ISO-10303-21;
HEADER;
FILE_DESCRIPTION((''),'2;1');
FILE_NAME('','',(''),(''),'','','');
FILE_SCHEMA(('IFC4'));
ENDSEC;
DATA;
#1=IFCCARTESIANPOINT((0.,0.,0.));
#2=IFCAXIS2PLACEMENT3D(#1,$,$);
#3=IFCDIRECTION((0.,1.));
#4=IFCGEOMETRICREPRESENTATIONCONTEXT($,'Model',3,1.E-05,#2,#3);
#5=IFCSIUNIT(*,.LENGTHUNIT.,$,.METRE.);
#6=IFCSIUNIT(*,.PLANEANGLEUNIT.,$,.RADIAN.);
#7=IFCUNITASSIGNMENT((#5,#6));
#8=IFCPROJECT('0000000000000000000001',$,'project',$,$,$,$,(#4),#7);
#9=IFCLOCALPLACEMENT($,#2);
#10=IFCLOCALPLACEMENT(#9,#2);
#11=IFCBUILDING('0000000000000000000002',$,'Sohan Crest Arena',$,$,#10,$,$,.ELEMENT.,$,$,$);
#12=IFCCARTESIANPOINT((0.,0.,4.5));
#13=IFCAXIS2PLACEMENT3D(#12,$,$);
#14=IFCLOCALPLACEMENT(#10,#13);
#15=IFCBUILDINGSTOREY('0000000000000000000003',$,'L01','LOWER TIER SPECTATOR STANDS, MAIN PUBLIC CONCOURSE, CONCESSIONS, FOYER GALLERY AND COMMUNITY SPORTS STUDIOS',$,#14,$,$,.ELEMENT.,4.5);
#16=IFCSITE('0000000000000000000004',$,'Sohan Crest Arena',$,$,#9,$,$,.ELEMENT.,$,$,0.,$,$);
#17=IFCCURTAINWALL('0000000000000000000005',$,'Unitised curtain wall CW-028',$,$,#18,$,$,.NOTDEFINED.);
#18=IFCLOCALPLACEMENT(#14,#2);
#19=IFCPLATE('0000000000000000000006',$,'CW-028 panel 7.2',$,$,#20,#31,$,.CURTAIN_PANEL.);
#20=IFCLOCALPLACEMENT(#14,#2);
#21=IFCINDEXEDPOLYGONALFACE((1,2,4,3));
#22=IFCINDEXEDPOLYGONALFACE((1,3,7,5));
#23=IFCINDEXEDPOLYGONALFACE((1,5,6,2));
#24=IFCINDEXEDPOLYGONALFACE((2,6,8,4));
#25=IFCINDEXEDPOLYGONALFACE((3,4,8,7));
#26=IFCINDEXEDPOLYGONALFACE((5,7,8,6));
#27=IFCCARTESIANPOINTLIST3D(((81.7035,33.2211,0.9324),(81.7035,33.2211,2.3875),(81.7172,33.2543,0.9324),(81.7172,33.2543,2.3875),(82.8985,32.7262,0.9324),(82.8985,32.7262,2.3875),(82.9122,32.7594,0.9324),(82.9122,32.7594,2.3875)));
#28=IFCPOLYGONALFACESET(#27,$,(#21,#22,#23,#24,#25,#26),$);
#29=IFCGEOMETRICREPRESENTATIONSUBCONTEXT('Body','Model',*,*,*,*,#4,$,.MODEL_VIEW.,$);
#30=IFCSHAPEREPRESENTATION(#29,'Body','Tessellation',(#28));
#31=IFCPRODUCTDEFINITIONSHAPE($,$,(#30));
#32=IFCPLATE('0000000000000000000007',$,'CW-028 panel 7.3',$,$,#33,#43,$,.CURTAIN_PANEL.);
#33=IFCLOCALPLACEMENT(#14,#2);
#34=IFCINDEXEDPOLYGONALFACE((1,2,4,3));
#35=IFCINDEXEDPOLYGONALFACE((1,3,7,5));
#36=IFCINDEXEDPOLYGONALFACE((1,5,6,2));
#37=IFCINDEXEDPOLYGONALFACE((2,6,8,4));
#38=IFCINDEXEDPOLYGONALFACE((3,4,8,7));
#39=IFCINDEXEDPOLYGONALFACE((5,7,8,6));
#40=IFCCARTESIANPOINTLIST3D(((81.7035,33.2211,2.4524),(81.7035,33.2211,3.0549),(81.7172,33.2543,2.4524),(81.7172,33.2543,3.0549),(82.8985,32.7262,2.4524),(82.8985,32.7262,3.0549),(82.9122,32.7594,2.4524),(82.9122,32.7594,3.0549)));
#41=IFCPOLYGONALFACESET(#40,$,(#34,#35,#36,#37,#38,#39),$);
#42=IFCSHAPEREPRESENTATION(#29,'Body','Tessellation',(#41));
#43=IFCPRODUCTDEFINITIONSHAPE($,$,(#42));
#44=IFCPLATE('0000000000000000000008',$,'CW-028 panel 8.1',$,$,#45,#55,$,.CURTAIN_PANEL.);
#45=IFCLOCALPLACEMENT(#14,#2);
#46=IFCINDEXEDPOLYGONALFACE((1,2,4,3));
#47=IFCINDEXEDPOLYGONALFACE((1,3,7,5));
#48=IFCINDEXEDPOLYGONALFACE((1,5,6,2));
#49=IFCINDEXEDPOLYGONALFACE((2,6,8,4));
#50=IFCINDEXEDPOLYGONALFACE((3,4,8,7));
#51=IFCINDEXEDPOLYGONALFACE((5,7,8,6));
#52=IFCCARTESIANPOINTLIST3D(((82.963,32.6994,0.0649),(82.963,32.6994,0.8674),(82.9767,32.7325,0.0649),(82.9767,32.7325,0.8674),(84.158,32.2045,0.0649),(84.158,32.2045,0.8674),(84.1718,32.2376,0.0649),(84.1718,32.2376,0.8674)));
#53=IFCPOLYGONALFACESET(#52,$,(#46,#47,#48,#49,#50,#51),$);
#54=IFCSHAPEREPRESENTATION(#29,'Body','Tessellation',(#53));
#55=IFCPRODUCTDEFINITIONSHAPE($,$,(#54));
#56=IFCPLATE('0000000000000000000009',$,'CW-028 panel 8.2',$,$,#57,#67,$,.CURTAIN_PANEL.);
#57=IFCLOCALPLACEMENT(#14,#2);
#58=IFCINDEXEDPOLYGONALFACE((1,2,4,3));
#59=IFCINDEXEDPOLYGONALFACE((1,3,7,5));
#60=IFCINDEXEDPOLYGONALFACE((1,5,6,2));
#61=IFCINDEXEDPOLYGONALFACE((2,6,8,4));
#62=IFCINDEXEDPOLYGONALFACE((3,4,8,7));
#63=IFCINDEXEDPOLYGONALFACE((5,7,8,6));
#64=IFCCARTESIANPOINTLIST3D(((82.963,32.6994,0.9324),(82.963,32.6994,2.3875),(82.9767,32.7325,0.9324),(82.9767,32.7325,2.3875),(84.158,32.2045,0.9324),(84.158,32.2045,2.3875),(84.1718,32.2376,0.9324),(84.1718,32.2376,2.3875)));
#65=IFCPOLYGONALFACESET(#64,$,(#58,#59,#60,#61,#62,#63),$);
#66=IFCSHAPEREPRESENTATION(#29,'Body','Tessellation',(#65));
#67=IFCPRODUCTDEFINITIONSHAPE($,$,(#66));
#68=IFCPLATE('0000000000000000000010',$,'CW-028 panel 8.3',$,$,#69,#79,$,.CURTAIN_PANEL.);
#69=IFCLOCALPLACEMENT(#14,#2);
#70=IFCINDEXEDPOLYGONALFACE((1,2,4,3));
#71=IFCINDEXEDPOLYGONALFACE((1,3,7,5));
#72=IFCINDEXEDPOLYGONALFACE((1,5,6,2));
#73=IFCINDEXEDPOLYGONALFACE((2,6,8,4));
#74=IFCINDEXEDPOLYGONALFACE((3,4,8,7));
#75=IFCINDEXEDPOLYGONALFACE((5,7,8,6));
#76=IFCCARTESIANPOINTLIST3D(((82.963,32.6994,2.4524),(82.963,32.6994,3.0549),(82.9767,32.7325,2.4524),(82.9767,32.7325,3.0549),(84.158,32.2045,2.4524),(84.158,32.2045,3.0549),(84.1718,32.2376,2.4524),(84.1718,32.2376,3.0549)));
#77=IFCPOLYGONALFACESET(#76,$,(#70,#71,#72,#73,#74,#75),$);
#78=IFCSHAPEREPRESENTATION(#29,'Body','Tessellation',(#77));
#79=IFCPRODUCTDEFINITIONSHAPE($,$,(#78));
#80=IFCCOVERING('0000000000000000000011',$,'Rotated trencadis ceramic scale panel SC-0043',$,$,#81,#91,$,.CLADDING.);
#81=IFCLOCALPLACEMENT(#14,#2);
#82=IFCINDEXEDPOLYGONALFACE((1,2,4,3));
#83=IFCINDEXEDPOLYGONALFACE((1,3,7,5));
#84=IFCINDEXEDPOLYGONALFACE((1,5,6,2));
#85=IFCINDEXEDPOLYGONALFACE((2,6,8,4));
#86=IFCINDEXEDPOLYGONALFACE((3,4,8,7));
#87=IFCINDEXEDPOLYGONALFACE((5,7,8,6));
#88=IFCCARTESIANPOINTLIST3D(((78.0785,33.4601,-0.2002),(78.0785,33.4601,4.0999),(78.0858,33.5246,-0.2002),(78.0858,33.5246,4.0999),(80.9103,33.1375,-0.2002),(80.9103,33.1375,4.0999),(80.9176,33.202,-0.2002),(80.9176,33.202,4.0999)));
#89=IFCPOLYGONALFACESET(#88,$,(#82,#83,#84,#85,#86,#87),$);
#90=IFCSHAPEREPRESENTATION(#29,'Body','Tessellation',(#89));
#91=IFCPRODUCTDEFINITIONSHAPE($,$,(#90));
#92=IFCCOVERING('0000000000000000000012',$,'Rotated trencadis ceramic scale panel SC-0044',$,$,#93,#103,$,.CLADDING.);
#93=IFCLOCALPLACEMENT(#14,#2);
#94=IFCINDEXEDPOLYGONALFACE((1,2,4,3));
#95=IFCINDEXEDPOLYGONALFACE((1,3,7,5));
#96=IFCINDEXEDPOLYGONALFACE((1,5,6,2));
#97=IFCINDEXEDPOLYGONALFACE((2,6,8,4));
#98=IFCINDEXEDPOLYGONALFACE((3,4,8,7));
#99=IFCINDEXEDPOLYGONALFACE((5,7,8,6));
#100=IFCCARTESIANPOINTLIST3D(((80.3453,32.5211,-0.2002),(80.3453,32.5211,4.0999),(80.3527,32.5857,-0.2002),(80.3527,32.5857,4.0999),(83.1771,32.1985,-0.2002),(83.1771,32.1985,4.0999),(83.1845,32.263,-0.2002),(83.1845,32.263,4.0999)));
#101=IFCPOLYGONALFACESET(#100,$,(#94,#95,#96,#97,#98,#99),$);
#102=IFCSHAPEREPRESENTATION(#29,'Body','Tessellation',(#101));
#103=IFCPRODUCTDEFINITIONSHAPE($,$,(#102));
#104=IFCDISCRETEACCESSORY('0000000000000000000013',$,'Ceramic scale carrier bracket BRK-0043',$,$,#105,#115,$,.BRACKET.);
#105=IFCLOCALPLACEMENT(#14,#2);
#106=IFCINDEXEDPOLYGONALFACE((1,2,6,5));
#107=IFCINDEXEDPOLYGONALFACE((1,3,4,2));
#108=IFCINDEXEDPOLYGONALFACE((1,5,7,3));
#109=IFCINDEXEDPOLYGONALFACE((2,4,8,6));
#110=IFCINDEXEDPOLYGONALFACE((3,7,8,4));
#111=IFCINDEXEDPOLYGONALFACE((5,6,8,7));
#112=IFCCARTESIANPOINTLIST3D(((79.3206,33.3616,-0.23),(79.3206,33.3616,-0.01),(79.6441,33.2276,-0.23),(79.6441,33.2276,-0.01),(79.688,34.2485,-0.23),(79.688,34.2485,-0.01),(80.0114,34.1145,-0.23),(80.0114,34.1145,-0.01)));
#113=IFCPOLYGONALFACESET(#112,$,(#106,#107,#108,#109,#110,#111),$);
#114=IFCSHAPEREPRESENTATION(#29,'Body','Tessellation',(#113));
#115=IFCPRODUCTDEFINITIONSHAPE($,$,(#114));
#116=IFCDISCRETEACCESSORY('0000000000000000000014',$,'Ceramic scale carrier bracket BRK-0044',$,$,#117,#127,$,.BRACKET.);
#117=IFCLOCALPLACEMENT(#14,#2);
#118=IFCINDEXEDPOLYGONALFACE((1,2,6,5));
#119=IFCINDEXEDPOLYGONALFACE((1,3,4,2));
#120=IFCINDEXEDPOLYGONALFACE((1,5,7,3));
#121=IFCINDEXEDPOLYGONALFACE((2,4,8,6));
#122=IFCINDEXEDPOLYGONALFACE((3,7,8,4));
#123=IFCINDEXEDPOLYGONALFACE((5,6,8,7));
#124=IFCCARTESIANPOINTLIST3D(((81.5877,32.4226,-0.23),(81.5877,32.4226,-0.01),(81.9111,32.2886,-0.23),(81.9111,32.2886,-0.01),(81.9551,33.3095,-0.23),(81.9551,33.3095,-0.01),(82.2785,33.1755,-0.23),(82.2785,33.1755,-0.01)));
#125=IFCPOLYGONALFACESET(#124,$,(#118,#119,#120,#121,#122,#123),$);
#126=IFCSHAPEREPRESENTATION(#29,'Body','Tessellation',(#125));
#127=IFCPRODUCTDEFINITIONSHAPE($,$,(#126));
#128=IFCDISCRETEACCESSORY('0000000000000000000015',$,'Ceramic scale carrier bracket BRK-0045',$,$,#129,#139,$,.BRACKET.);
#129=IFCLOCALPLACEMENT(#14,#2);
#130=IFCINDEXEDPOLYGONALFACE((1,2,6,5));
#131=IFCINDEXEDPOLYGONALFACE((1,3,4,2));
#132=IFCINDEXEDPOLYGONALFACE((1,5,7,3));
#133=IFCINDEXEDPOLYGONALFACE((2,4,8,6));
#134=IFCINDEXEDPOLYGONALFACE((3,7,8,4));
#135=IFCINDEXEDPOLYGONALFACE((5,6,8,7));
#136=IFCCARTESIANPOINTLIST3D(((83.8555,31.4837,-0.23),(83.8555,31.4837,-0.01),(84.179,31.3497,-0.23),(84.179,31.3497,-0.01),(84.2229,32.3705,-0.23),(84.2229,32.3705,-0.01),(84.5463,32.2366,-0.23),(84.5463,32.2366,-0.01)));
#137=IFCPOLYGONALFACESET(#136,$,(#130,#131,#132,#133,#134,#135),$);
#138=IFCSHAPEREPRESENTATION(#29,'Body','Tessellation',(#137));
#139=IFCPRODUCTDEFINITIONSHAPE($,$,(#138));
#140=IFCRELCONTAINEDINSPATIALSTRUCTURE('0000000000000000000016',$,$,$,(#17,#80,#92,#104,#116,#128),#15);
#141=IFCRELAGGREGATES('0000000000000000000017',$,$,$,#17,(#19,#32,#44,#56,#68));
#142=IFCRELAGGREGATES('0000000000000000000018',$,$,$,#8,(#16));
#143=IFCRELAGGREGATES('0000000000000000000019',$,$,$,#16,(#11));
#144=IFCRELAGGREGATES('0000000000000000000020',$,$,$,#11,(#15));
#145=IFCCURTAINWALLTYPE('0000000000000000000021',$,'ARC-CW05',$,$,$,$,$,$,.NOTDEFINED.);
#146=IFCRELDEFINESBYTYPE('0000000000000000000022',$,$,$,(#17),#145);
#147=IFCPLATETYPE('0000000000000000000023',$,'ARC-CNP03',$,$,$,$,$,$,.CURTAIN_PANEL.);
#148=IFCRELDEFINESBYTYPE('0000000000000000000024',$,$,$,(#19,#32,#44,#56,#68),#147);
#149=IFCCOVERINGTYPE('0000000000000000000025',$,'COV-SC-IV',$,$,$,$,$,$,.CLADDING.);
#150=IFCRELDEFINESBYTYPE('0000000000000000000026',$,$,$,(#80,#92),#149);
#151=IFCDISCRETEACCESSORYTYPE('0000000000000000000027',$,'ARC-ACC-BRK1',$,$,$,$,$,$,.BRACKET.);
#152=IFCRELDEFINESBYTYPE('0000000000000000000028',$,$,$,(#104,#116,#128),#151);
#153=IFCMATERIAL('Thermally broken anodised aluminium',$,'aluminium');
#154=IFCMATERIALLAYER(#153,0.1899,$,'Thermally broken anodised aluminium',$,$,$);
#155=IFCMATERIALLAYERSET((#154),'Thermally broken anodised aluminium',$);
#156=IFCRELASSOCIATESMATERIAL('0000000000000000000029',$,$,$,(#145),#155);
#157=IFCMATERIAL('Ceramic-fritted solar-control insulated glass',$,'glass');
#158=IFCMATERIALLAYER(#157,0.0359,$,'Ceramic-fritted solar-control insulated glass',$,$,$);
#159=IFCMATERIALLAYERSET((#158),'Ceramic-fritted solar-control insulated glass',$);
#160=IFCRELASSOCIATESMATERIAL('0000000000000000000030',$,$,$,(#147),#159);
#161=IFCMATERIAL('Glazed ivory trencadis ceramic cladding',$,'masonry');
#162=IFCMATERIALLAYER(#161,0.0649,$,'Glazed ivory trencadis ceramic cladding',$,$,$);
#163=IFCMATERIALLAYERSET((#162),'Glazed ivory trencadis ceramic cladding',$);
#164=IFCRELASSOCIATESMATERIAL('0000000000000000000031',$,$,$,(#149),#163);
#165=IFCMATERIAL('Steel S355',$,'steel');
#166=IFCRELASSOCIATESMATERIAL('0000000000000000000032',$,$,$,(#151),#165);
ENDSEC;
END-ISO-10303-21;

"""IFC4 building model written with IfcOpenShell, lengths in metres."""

from ifc_helpers import new_model, si_unit, direction, frame, origin, origin_2d, place, context, subcontext, project, spatial, rectangle, extrude, material, layer, layer_set, type_object, element, aggregate, save


model = new_model("IFC4")

# Units and contexts
model_context = context("Model", 3, precision=1e-05, world=origin(), true_north=direction((0.0, 1.0)))
body_context = subcontext(model_context, "Body", "Model", "MODEL_VIEW")
ifc_project = project(units=[si_unit("LENGTHUNIT", "METRE"), si_unit("PLANEANGLEUNIT", "RADIAN")], contexts=[model_context])

# Site, building, storey
site_placement = place(None, origin())
site = spatial("IfcSite", under=ifc_project, at=site_placement, Name="Sohan Crest Arena", CompositionType="ELEMENT", RefElevation=0.0)
building_placement = place(site_placement, origin())
building = spatial("IfcBuilding", under=site, at=building_placement, Name="Sohan Crest Arena", CompositionType="ELEMENT")
storey_placement = place(building_placement, frame((0.0, 0.0, 4.5)))
storey = spatial("IfcBuildingStorey", under=building, at=storey_placement, Name="L01", Description="LOWER TIER SPECTATOR STANDS, MAIN PUBLIC CONCOURSE, CONCESSIONS, FOYER GALLERY AND COMMUNITY SPORTS STUDIOS", CompositionType="ELEMENT", Elevation=4.5)

# Curtain wall, plates
ifc_material_1 = material(Name="Thermally broken anodised aluminium", Category="aluminium")
ifc_layer_1 = layer(ifc_material_1, 0.1899, Name="Thermally broken anodised aluminium")
ifc_layer_set_1 = layer_set([ifc_layer_1], Name="Thermally broken anodised aluminium")
curtain_wall_type = type_object("IfcCurtainWallType", Name="ARC-CW05", PredefinedType="NOTDEFINED", material=ifc_layer_set_1)
curtain_wall_placement = place(storey_placement, origin())
curtain_wall = element("IfcCurtainWall", 1, at=curtain_wall_placement, inside=storey, type_object=curtain_wall_type, Name="Unitised curtain wall CW-028", PredefinedType="NOTDEFINED")
ifc_material_2 = material(Name="Ceramic-fritted solar-control insulated glass", Category="glass")
ifc_layer_2 = layer(ifc_material_2, 0.0359, Name="Ceramic-fritted solar-control insulated glass")
ifc_layer_set_2 = layer_set([ifc_layer_2], Name="Ceramic-fritted solar-control insulated glass")
plate_type = type_object("IfcPlateType", Name="ARC-CNP03", PredefinedType="CURTAIN_PANEL", material=ifc_layer_set_2)
plate_1_placement = place(storey_placement, frame((82.3079, 32.9902, 0.9324), z_axis=(0.0, 0.0, 1.0), x_axis=(0.923907, -0.382618, 0.0)))
plate_1 = element("IfcPlate", 2, at=plate_1_placement, type_object=plate_type, Name="CW-028 panel 7.2", PredefinedType="CURTAIN_PANEL", context=body_context, shape_type="SweptSolid", body=[
    extrude(rectangle(XDim=1.2935, YDim=0.0359, at=origin_2d()), origin(), (0.0, 0.0, 1.0), 1.4551),
])
plate_2_placement = place(storey_placement, frame((82.3079, 32.9902, 2.4524), z_axis=(0.0, 0.0, 1.0), x_axis=(0.923907, -0.382618, 0.0)))
plate_2 = element("IfcPlate", 3, at=plate_2_placement, type_object=plate_type, Name="CW-028 panel 7.3", PredefinedType="CURTAIN_PANEL", context=body_context, shape_type="SweptSolid", body=[
    extrude(rectangle(XDim=1.2935, YDim=0.0359, at=origin_2d()), origin(), (0.0, 0.0, 1.0), 0.6025),
])
plate_3_placement = place(storey_placement, frame((83.5674, 32.4685, 0.0649), z_axis=(0.0, 0.0, 1.0), x_axis=(0.923907, -0.382618, 0.0)))
plate_3 = element("IfcPlate", 4, at=plate_3_placement, type_object=plate_type, Name="CW-028 panel 8.1", PredefinedType="CURTAIN_PANEL", context=body_context, shape_type="SweptSolid", body=[
    extrude(rectangle(XDim=1.2935, YDim=0.0359, at=origin_2d()), origin(), (0.0, 0.0, 1.0), 0.8025),
])
plate_4_placement = place(storey_placement, frame((83.5674, 32.4685, 0.9324), z_axis=(0.0, 0.0, 1.0), x_axis=(0.923907, -0.382618, 0.0)))
plate_4 = element("IfcPlate", 5, at=plate_4_placement, type_object=plate_type, Name="CW-028 panel 8.2", PredefinedType="CURTAIN_PANEL", context=body_context, shape_type="SweptSolid", body=[
    extrude(rectangle(XDim=1.2935, YDim=0.0359, at=origin_2d()), origin(), (0.0, 0.0, 1.0), 1.4551),
])
plate_5_placement = place(storey_placement, frame((83.5674, 32.4685, 2.4524), z_axis=(0.0, 0.0, 1.0), x_axis=(0.923907, -0.382618, 0.0)))
plate_5 = element("IfcPlate", 6, at=plate_5_placement, type_object=plate_type, Name="CW-028 panel 8.3", PredefinedType="CURTAIN_PANEL", context=body_context, shape_type="SweptSolid", body=[
    extrude(rectangle(XDim=1.2935, YDim=0.0359, at=origin_2d()), origin(), (0.0, 0.0, 1.0), 0.6025),
])
aggregate(curtain_wall, [plate_1, plate_2, plate_3, plate_4, plate_5])

# Coverings
ifc_material_3 = material(Name="Glazed ivory trencadis ceramic cladding", Category="masonry")
ifc_layer_3 = layer(ifc_material_3, 0.0649, Name="Glazed ivory trencadis ceramic cladding")
ifc_layer_set_3 = layer_set([ifc_layer_3], Name="Glazed ivory trencadis ceramic cladding")
covering_type = type_object("IfcCoveringType", Name="COV-SC-IV", PredefinedType="CLADDING", material=ifc_layer_set_3)
for number, where, z_axis, x_axis, name in (
    (7, (79.498, 33.3311, -0.2002), (0.0, 0.0, 1.0), (0.993572, -0.113203, 0.0), "Rotated trencadis ceramic scale panel SC-0043"),
    (8, (81.7649, 32.3921, -0.2002), (0.0, 0.0, 1.0), (0.993572, -0.113203, 0.0), "Rotated trencadis ceramic scale panel SC-0044"),
):
    element("IfcCovering", number, at=place(storey_placement, frame(where, z_axis=z_axis, x_axis=x_axis)), inside=storey, type_object=covering_type, Name=name, PredefinedType="CLADDING", context=body_context, shape_type="SweptSolid", body=[
        extrude(rectangle(XDim=2.8501, YDim=0.0649, at=origin_2d()), origin(), (0.0, 0.0, 1.0), 4.3),
    ])

# Discrete accessories
ifc_material_4 = material(Name="Steel S355", Category="steel")
discrete_accessory_type = type_object("IfcDiscreteAccessoryType", Name="ARC-ACC-BRK1", PredefinedType="BRACKET", material=ifc_material_4)
for number, where, z_axis, x_axis, name in (
    (9, (79.666, 33.738, -0.23), (0.0, 0.0, 1.0), (0.92388, -0.382683, 0.0), "Ceramic scale carrier bracket BRK-0043"),
    (10, (81.9331, 32.7991, -0.23), (0.0, 0.0, 1.0), (0.92388, -0.382683, 0.0), "Ceramic scale carrier bracket BRK-0044"),
    (11, (84.2009, 31.8601, -0.23), (0.0, 0.0, 1.0), (0.92388, -0.382683, 0.0), "Ceramic scale carrier bracket BRK-0045"),
):
    element("IfcDiscreteAccessory", number, at=place(storey_placement, frame(where, z_axis=z_axis, x_axis=x_axis)), inside=storey, type_object=discrete_accessory_type, Name=name, PredefinedType="BRACKET", context=body_context, shape_type="SweptSolid", body=[
        extrude(rectangle(XDim=0.3501, YDim=0.96, at=origin_2d()), origin(), (0.0, 0.0, 1.0), 0.22),
    ])

save(model, "model.ifc")
